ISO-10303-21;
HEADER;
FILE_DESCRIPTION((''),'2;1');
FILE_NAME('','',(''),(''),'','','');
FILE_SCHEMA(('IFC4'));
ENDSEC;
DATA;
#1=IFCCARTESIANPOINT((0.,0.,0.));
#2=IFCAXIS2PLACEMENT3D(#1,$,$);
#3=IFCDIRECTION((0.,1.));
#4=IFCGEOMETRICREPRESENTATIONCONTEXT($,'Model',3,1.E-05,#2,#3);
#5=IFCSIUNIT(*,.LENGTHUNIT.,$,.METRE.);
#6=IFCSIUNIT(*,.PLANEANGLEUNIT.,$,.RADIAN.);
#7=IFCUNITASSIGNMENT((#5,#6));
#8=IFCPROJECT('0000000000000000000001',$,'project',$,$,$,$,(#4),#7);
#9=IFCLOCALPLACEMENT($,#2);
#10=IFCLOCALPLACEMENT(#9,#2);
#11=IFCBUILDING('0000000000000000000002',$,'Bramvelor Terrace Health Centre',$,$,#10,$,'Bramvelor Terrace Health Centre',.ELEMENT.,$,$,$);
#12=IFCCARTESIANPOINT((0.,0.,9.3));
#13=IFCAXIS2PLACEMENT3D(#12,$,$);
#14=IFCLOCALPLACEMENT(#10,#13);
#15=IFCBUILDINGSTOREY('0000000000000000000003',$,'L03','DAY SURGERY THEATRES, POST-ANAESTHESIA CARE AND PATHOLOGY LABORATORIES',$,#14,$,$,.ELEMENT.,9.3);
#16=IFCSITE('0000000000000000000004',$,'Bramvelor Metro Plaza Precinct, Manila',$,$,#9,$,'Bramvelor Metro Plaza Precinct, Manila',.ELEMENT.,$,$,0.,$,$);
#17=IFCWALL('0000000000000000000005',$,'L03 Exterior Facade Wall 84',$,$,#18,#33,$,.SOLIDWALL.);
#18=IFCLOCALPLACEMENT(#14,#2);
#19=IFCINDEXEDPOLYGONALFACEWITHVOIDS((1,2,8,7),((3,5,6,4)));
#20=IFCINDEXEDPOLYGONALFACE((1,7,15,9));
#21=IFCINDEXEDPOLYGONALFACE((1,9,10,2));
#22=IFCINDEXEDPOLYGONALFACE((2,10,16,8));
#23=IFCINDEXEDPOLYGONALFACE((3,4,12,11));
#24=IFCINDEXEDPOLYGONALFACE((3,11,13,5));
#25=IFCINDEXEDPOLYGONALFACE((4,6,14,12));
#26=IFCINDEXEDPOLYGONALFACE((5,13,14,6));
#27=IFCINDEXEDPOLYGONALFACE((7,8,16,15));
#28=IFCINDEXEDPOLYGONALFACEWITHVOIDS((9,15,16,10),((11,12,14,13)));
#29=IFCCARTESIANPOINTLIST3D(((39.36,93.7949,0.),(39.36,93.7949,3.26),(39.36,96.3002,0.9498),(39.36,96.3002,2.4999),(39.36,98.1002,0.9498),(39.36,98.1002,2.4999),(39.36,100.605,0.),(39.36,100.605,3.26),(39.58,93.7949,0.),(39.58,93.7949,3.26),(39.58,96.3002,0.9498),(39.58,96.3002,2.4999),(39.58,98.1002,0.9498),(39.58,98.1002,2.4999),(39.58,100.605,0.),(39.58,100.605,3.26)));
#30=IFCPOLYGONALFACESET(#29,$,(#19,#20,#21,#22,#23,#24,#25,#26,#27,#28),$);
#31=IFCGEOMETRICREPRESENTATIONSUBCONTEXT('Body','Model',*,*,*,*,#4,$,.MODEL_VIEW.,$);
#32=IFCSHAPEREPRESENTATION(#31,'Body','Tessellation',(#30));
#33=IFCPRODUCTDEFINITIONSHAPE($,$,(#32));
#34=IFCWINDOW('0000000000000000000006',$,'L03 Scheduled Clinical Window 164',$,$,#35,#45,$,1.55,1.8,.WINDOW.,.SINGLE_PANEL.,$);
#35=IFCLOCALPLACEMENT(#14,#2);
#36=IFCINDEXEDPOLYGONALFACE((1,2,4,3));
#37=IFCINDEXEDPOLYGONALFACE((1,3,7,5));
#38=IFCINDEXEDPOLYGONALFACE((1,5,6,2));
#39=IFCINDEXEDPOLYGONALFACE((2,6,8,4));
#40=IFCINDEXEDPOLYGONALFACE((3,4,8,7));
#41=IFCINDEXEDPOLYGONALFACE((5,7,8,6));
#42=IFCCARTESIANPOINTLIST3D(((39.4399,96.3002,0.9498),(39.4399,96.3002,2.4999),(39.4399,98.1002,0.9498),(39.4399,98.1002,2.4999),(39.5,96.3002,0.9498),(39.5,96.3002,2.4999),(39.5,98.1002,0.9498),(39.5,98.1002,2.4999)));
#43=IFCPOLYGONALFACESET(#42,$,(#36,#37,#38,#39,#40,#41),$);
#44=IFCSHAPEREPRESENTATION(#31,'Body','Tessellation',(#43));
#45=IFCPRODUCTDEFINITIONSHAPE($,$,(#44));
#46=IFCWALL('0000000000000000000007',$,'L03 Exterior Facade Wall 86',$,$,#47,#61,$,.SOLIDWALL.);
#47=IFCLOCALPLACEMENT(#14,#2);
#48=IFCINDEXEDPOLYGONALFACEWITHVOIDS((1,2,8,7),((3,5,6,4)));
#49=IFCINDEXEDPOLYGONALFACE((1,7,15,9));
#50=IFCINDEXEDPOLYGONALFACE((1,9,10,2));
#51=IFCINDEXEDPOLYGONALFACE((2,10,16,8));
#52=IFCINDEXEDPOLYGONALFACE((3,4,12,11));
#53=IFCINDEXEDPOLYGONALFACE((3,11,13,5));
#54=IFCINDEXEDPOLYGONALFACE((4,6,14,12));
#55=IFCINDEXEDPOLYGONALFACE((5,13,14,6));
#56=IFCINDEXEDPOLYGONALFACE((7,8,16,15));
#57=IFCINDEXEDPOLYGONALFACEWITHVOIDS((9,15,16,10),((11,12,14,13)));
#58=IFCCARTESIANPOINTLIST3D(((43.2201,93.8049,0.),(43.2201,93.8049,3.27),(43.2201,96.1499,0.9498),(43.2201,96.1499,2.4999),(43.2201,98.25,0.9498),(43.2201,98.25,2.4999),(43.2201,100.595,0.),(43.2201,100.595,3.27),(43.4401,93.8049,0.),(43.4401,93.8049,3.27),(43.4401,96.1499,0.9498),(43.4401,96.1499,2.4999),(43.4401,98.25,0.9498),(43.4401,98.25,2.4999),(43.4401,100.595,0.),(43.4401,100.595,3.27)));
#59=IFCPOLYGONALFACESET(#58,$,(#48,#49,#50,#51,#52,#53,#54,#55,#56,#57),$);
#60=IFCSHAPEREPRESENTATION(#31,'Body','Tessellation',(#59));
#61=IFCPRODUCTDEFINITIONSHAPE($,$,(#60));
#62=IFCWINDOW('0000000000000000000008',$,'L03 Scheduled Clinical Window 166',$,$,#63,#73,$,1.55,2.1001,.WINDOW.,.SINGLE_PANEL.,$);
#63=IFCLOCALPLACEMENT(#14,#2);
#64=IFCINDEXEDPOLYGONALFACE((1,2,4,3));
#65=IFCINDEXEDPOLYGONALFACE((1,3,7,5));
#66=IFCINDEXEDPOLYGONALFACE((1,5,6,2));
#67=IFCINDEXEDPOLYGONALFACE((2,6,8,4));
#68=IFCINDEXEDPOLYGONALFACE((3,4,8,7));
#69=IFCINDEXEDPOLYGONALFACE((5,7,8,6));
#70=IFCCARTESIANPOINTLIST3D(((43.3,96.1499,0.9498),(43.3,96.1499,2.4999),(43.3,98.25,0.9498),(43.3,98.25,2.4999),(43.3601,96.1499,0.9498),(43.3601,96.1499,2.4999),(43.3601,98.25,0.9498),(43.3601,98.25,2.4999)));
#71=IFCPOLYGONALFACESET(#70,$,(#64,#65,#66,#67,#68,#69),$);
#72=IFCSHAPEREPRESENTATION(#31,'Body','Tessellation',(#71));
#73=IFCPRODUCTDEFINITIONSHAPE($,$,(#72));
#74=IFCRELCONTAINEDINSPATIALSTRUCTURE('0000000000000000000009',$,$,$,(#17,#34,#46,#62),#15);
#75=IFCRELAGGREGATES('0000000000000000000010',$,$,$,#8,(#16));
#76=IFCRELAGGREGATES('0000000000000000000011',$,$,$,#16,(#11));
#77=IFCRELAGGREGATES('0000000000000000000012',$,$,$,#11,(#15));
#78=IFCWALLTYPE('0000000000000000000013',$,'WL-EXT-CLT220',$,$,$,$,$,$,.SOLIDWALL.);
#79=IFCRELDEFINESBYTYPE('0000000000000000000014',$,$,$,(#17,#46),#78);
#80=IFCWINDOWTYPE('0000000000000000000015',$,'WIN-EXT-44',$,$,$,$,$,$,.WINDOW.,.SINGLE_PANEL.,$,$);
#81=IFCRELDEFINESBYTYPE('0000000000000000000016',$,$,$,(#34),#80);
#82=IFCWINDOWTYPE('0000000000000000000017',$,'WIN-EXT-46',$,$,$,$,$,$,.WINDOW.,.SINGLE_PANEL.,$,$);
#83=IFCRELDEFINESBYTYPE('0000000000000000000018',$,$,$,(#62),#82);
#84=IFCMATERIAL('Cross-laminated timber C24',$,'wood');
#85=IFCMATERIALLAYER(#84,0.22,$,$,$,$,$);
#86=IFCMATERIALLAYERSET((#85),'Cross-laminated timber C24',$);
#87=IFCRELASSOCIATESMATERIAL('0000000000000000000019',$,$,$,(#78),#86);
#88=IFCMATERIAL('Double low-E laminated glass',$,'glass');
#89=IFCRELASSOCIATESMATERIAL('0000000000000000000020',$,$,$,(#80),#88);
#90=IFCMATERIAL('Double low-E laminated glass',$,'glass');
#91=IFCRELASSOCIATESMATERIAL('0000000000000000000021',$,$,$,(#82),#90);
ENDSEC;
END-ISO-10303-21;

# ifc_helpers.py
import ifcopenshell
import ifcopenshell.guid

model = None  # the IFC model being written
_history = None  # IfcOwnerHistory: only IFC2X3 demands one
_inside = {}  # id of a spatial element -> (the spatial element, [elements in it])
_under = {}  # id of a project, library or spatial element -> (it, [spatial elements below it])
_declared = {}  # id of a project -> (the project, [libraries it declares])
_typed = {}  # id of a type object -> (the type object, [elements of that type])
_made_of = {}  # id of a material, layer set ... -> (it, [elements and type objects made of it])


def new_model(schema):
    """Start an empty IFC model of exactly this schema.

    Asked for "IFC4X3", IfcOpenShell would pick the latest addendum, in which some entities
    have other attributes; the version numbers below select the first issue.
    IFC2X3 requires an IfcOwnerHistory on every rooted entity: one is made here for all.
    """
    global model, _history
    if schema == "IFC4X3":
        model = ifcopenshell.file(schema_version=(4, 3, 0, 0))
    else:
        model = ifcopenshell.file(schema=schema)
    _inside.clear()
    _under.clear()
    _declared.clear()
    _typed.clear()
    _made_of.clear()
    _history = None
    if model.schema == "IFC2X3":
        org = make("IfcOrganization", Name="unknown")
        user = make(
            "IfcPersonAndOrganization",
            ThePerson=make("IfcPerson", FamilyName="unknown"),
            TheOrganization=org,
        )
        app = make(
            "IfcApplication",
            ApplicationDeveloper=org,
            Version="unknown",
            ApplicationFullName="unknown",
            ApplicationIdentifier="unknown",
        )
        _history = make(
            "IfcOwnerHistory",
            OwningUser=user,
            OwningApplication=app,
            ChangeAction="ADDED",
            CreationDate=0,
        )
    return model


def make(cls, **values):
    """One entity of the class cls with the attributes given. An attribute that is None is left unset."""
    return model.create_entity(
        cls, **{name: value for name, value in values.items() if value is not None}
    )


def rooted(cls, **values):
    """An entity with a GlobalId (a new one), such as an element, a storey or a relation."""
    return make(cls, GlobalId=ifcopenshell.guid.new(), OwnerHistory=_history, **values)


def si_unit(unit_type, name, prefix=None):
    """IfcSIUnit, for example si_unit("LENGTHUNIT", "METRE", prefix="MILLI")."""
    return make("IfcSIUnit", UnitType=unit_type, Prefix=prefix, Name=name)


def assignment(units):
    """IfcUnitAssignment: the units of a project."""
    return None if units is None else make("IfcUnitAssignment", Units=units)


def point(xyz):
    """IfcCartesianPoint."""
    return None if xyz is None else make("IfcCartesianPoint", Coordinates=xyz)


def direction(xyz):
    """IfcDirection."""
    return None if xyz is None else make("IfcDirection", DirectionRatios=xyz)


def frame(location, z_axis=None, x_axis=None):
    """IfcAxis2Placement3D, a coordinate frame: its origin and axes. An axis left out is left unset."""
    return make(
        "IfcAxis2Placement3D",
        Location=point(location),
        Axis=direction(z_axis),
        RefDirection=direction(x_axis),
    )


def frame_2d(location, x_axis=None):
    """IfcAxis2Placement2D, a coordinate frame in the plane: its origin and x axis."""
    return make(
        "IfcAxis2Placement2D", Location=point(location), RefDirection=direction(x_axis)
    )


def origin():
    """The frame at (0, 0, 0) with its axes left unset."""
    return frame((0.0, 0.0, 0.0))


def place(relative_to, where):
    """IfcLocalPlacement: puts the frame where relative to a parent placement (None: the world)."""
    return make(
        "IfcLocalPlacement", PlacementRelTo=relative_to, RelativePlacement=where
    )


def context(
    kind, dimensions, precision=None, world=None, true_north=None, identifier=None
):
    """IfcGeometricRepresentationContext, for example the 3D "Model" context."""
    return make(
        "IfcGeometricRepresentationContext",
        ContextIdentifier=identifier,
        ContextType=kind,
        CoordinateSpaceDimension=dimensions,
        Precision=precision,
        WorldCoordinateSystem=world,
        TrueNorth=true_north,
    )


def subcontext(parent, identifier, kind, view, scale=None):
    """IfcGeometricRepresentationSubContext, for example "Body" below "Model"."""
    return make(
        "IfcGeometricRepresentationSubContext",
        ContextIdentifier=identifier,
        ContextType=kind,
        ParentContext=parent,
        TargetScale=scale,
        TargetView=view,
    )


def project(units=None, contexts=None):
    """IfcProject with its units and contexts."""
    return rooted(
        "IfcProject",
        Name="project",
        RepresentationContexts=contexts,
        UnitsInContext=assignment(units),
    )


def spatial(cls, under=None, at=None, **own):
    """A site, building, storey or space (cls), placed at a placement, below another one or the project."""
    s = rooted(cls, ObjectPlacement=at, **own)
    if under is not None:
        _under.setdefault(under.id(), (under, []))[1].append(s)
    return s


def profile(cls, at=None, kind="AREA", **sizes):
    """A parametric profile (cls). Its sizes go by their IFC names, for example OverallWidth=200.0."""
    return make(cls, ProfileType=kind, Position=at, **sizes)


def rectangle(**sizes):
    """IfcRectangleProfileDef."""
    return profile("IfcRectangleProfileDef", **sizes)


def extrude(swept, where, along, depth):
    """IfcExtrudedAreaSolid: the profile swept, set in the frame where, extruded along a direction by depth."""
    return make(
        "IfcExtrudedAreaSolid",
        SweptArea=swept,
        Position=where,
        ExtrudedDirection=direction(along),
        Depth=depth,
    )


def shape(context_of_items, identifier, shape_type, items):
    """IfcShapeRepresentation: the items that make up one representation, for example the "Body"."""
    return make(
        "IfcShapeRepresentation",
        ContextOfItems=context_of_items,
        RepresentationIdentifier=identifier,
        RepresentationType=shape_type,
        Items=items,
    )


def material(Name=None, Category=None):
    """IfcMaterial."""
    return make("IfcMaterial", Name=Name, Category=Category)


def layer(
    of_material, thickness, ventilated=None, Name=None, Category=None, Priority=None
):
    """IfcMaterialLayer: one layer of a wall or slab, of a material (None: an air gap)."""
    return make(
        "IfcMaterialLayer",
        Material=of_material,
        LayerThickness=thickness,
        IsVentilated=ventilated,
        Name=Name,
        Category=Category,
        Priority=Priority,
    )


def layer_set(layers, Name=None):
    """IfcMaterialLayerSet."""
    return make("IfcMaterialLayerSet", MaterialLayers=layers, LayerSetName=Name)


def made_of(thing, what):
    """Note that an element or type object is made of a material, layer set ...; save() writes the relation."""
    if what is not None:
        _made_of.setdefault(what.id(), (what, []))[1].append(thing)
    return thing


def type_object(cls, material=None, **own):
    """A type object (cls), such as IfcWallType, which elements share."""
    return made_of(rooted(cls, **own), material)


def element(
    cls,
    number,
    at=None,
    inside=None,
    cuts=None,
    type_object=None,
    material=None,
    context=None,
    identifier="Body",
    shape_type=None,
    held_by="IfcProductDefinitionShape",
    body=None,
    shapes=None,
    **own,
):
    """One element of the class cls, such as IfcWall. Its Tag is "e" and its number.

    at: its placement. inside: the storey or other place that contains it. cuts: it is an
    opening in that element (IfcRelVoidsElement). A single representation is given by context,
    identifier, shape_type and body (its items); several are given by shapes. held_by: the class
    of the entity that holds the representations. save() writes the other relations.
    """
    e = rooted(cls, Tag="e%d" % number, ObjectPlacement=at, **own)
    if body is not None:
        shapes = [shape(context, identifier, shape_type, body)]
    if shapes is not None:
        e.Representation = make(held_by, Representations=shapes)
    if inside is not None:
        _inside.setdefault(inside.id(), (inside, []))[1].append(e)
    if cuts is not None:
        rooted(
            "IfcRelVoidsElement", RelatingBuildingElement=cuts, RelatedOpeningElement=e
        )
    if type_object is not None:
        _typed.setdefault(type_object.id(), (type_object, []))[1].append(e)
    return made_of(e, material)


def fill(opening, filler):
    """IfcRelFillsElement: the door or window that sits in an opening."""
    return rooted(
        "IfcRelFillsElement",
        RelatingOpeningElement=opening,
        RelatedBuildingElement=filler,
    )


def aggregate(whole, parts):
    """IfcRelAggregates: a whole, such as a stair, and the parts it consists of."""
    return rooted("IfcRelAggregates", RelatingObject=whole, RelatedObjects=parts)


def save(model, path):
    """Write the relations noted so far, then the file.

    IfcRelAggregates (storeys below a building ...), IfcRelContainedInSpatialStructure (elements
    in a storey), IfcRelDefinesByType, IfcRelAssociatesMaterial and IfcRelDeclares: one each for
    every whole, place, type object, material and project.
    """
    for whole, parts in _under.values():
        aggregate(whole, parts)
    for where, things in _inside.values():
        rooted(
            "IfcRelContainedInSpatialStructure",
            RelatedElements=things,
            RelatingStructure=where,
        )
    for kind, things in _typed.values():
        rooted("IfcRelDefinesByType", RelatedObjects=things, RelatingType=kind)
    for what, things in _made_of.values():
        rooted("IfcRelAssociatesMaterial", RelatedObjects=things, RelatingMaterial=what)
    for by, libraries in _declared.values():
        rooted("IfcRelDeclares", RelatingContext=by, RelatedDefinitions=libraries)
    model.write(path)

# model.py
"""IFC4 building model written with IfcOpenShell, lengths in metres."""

from ifc_helpers import new_model, si_unit, direction, frame, frame_2d, origin, place, context, subcontext, project, spatial, rectangle, extrude, material, layer, layer_set, type_object, element, fill, save


model = new_model("IFC4")

# Units and contexts
model_context = context("Model", 3, precision=1e-05, world=origin(), true_north=direction((0.0, 1.0)))
body_context = subcontext(model_context, "Body", "Model", "MODEL_VIEW")
ifc_project = project(units=[si_unit("LENGTHUNIT", "METRE"), si_unit("PLANEANGLEUNIT", "RADIAN")], contexts=[model_context])

# Site, building, storey
site_placement = place(None, origin())
site = spatial("IfcSite", under=ifc_project, at=site_placement, Name="Bramvelor Metro Plaza Precinct, Manila", LongName="Bramvelor Metro Plaza Precinct, Manila", CompositionType="ELEMENT", RefElevation=0.0)
building_placement = place(site_placement, origin())
building = spatial("IfcBuilding", under=site, at=building_placement, Name="Bramvelor Terrace Health Centre", LongName="Bramvelor Terrace Health Centre", CompositionType="ELEMENT")
storey_placement = place(building_placement, frame((0.0, 0.0, 9.3)))
storey = spatial("IfcBuildingStorey", under=building, at=storey_placement, Name="L03", Description="DAY SURGERY THEATRES, POST-ANAESTHESIA CARE AND PATHOLOGY LABORATORIES", CompositionType="ELEMENT", Elevation=9.3)

# Walls, openings, windows
ifc_material_1 = material(Name="Cross-laminated timber C24", Category="wood")
ifc_layer_1 = layer(ifc_material_1, 0.22)
ifc_layer_set_1 = layer_set([ifc_layer_1], Name="Cross-laminated timber C24")
wall_type_1 = type_object("IfcWallType", Name="WL-EXT-CLT220", PredefinedType="SOLIDWALL", material=ifc_layer_set_1)
wall_1_placement = place(storey_placement, frame((39.47, 100.605, 0.0), z_axis=(0.0, 0.0, 1.0), x_axis=(0.0, -1.0, 0.0)))
wall_1 = element("IfcWall", 1, at=wall_1_placement, inside=storey, type_object=wall_type_1, Name="L03 Exterior Facade Wall 84", PredefinedType="SOLIDWALL", context=body_context, shape_type="SweptSolid", body=[
    extrude(rectangle(XDim=6.8101, YDim=0.22, at=frame_2d((3.405, 0.0))), origin(), (0.0, 0.0, 1.0), 3.26),
])
opening_1_placement = place(wall_1_placement, frame((2.5049, 0.0, 0.95)))
opening_1 = element("IfcOpeningElement", 2, at=opening_1_placement, cuts=wall_1, PredefinedType="OPENING", context=body_context, shape_type="SweptSolid", body=[
    extrude(rectangle(XDim=1.8, YDim=1.55, at=frame_2d((0.8999, 0.7749))), frame((0.0, 0.1199, 0.0), z_axis=(0.0, -1.0, 0.0), x_axis=(1.0, 0.0, 0.0)), (0.0, 0.0, 1.0), 0.24),
])
ifc_material_2 = material(Name="Double low-E laminated glass", Category="glass")
window_type_1 = type_object("IfcWindowType", Name="WIN-EXT-44", PartitioningType="SINGLE_PANEL", PredefinedType="WINDOW", material=ifc_material_2)
window_1_placement = place(opening_1_placement, origin())
window_1 = element("IfcWindow", 3, at=window_1_placement, inside=storey, type_object=window_type_1, Name="L03 Scheduled Clinical Window 164", OverallHeight=1.55, OverallWidth=1.8, PartitioningType="SINGLE_PANEL", PredefinedType="WINDOW", context=body_context, shape_type="SweptSolid", body=[
    extrude(rectangle(XDim=1.8, YDim=1.55, at=frame_2d((0.8999, 0.7749))), frame((0.0, 0.03, 0.0), z_axis=(0.0, -1.0, 0.0), x_axis=(1.0, 0.0, 0.0)), (0.0, 0.0, 1.0), 0.0601),
])
fill(opening_1, window_1)
wall_2_placement = place(storey_placement, frame((43.3301, 93.8049, 0.0), z_axis=(0.0, 0.0, 1.0), x_axis=(0.0, 1.0, 0.0)))
wall_2 = element("IfcWall", 4, at=wall_2_placement, inside=storey, type_object=wall_type_1, Name="L03 Exterior Facade Wall 86", PredefinedType="SOLIDWALL", context=body_context, shape_type="SweptSolid", body=[
    extrude(rectangle(XDim=6.79, YDim=0.22, at=frame_2d((3.395, 0.0))), origin(), (0.0, 0.0, 1.0), 3.27),
])
opening_2_placement = place(wall_2_placement, frame((2.345, 0.0, 0.95)))
opening_2 = element("IfcOpeningElement", 5, at=opening_2_placement, cuts=wall_2, PredefinedType="OPENING", context=body_context, shape_type="SweptSolid", body=[
    extrude(rectangle(XDim=2.1001, YDim=1.55, at=frame_2d((1.05, 0.7749))), frame((0.0, 0.1199, 0.0), z_axis=(0.0, -1.0, 0.0), x_axis=(1.0, 0.0, 0.0)), (0.0, 0.0, 1.0), 0.24),
])
ifc_material_3 = material(Name="Double low-E laminated glass", Category="glass")
window_type_2 = type_object("IfcWindowType", Name="WIN-EXT-46", PartitioningType="SINGLE_PANEL", PredefinedType="WINDOW", material=ifc_material_3)
window_2_placement = place(opening_2_placement, origin())
window_2 = element("IfcWindow", 6, at=window_2_placement, inside=storey, type_object=window_type_2, Name="L03 Scheduled Clinical Window 166", OverallHeight=1.55, OverallWidth=2.1001, PartitioningType="SINGLE_PANEL", PredefinedType="WINDOW", context=body_context, shape_type="SweptSolid", body=[
    extrude(rectangle(XDim=2.1001, YDim=1.55, at=frame_2d((1.05, 0.7749))), frame((0.0, 0.03, 0.0), z_axis=(0.0, -1.0, 0.0), x_axis=(1.0, 0.0, 0.0)), (0.0, 0.0, 1.0), 0.0601),
])
fill(opening_2, window_2)

save(model, "model.ifc")
